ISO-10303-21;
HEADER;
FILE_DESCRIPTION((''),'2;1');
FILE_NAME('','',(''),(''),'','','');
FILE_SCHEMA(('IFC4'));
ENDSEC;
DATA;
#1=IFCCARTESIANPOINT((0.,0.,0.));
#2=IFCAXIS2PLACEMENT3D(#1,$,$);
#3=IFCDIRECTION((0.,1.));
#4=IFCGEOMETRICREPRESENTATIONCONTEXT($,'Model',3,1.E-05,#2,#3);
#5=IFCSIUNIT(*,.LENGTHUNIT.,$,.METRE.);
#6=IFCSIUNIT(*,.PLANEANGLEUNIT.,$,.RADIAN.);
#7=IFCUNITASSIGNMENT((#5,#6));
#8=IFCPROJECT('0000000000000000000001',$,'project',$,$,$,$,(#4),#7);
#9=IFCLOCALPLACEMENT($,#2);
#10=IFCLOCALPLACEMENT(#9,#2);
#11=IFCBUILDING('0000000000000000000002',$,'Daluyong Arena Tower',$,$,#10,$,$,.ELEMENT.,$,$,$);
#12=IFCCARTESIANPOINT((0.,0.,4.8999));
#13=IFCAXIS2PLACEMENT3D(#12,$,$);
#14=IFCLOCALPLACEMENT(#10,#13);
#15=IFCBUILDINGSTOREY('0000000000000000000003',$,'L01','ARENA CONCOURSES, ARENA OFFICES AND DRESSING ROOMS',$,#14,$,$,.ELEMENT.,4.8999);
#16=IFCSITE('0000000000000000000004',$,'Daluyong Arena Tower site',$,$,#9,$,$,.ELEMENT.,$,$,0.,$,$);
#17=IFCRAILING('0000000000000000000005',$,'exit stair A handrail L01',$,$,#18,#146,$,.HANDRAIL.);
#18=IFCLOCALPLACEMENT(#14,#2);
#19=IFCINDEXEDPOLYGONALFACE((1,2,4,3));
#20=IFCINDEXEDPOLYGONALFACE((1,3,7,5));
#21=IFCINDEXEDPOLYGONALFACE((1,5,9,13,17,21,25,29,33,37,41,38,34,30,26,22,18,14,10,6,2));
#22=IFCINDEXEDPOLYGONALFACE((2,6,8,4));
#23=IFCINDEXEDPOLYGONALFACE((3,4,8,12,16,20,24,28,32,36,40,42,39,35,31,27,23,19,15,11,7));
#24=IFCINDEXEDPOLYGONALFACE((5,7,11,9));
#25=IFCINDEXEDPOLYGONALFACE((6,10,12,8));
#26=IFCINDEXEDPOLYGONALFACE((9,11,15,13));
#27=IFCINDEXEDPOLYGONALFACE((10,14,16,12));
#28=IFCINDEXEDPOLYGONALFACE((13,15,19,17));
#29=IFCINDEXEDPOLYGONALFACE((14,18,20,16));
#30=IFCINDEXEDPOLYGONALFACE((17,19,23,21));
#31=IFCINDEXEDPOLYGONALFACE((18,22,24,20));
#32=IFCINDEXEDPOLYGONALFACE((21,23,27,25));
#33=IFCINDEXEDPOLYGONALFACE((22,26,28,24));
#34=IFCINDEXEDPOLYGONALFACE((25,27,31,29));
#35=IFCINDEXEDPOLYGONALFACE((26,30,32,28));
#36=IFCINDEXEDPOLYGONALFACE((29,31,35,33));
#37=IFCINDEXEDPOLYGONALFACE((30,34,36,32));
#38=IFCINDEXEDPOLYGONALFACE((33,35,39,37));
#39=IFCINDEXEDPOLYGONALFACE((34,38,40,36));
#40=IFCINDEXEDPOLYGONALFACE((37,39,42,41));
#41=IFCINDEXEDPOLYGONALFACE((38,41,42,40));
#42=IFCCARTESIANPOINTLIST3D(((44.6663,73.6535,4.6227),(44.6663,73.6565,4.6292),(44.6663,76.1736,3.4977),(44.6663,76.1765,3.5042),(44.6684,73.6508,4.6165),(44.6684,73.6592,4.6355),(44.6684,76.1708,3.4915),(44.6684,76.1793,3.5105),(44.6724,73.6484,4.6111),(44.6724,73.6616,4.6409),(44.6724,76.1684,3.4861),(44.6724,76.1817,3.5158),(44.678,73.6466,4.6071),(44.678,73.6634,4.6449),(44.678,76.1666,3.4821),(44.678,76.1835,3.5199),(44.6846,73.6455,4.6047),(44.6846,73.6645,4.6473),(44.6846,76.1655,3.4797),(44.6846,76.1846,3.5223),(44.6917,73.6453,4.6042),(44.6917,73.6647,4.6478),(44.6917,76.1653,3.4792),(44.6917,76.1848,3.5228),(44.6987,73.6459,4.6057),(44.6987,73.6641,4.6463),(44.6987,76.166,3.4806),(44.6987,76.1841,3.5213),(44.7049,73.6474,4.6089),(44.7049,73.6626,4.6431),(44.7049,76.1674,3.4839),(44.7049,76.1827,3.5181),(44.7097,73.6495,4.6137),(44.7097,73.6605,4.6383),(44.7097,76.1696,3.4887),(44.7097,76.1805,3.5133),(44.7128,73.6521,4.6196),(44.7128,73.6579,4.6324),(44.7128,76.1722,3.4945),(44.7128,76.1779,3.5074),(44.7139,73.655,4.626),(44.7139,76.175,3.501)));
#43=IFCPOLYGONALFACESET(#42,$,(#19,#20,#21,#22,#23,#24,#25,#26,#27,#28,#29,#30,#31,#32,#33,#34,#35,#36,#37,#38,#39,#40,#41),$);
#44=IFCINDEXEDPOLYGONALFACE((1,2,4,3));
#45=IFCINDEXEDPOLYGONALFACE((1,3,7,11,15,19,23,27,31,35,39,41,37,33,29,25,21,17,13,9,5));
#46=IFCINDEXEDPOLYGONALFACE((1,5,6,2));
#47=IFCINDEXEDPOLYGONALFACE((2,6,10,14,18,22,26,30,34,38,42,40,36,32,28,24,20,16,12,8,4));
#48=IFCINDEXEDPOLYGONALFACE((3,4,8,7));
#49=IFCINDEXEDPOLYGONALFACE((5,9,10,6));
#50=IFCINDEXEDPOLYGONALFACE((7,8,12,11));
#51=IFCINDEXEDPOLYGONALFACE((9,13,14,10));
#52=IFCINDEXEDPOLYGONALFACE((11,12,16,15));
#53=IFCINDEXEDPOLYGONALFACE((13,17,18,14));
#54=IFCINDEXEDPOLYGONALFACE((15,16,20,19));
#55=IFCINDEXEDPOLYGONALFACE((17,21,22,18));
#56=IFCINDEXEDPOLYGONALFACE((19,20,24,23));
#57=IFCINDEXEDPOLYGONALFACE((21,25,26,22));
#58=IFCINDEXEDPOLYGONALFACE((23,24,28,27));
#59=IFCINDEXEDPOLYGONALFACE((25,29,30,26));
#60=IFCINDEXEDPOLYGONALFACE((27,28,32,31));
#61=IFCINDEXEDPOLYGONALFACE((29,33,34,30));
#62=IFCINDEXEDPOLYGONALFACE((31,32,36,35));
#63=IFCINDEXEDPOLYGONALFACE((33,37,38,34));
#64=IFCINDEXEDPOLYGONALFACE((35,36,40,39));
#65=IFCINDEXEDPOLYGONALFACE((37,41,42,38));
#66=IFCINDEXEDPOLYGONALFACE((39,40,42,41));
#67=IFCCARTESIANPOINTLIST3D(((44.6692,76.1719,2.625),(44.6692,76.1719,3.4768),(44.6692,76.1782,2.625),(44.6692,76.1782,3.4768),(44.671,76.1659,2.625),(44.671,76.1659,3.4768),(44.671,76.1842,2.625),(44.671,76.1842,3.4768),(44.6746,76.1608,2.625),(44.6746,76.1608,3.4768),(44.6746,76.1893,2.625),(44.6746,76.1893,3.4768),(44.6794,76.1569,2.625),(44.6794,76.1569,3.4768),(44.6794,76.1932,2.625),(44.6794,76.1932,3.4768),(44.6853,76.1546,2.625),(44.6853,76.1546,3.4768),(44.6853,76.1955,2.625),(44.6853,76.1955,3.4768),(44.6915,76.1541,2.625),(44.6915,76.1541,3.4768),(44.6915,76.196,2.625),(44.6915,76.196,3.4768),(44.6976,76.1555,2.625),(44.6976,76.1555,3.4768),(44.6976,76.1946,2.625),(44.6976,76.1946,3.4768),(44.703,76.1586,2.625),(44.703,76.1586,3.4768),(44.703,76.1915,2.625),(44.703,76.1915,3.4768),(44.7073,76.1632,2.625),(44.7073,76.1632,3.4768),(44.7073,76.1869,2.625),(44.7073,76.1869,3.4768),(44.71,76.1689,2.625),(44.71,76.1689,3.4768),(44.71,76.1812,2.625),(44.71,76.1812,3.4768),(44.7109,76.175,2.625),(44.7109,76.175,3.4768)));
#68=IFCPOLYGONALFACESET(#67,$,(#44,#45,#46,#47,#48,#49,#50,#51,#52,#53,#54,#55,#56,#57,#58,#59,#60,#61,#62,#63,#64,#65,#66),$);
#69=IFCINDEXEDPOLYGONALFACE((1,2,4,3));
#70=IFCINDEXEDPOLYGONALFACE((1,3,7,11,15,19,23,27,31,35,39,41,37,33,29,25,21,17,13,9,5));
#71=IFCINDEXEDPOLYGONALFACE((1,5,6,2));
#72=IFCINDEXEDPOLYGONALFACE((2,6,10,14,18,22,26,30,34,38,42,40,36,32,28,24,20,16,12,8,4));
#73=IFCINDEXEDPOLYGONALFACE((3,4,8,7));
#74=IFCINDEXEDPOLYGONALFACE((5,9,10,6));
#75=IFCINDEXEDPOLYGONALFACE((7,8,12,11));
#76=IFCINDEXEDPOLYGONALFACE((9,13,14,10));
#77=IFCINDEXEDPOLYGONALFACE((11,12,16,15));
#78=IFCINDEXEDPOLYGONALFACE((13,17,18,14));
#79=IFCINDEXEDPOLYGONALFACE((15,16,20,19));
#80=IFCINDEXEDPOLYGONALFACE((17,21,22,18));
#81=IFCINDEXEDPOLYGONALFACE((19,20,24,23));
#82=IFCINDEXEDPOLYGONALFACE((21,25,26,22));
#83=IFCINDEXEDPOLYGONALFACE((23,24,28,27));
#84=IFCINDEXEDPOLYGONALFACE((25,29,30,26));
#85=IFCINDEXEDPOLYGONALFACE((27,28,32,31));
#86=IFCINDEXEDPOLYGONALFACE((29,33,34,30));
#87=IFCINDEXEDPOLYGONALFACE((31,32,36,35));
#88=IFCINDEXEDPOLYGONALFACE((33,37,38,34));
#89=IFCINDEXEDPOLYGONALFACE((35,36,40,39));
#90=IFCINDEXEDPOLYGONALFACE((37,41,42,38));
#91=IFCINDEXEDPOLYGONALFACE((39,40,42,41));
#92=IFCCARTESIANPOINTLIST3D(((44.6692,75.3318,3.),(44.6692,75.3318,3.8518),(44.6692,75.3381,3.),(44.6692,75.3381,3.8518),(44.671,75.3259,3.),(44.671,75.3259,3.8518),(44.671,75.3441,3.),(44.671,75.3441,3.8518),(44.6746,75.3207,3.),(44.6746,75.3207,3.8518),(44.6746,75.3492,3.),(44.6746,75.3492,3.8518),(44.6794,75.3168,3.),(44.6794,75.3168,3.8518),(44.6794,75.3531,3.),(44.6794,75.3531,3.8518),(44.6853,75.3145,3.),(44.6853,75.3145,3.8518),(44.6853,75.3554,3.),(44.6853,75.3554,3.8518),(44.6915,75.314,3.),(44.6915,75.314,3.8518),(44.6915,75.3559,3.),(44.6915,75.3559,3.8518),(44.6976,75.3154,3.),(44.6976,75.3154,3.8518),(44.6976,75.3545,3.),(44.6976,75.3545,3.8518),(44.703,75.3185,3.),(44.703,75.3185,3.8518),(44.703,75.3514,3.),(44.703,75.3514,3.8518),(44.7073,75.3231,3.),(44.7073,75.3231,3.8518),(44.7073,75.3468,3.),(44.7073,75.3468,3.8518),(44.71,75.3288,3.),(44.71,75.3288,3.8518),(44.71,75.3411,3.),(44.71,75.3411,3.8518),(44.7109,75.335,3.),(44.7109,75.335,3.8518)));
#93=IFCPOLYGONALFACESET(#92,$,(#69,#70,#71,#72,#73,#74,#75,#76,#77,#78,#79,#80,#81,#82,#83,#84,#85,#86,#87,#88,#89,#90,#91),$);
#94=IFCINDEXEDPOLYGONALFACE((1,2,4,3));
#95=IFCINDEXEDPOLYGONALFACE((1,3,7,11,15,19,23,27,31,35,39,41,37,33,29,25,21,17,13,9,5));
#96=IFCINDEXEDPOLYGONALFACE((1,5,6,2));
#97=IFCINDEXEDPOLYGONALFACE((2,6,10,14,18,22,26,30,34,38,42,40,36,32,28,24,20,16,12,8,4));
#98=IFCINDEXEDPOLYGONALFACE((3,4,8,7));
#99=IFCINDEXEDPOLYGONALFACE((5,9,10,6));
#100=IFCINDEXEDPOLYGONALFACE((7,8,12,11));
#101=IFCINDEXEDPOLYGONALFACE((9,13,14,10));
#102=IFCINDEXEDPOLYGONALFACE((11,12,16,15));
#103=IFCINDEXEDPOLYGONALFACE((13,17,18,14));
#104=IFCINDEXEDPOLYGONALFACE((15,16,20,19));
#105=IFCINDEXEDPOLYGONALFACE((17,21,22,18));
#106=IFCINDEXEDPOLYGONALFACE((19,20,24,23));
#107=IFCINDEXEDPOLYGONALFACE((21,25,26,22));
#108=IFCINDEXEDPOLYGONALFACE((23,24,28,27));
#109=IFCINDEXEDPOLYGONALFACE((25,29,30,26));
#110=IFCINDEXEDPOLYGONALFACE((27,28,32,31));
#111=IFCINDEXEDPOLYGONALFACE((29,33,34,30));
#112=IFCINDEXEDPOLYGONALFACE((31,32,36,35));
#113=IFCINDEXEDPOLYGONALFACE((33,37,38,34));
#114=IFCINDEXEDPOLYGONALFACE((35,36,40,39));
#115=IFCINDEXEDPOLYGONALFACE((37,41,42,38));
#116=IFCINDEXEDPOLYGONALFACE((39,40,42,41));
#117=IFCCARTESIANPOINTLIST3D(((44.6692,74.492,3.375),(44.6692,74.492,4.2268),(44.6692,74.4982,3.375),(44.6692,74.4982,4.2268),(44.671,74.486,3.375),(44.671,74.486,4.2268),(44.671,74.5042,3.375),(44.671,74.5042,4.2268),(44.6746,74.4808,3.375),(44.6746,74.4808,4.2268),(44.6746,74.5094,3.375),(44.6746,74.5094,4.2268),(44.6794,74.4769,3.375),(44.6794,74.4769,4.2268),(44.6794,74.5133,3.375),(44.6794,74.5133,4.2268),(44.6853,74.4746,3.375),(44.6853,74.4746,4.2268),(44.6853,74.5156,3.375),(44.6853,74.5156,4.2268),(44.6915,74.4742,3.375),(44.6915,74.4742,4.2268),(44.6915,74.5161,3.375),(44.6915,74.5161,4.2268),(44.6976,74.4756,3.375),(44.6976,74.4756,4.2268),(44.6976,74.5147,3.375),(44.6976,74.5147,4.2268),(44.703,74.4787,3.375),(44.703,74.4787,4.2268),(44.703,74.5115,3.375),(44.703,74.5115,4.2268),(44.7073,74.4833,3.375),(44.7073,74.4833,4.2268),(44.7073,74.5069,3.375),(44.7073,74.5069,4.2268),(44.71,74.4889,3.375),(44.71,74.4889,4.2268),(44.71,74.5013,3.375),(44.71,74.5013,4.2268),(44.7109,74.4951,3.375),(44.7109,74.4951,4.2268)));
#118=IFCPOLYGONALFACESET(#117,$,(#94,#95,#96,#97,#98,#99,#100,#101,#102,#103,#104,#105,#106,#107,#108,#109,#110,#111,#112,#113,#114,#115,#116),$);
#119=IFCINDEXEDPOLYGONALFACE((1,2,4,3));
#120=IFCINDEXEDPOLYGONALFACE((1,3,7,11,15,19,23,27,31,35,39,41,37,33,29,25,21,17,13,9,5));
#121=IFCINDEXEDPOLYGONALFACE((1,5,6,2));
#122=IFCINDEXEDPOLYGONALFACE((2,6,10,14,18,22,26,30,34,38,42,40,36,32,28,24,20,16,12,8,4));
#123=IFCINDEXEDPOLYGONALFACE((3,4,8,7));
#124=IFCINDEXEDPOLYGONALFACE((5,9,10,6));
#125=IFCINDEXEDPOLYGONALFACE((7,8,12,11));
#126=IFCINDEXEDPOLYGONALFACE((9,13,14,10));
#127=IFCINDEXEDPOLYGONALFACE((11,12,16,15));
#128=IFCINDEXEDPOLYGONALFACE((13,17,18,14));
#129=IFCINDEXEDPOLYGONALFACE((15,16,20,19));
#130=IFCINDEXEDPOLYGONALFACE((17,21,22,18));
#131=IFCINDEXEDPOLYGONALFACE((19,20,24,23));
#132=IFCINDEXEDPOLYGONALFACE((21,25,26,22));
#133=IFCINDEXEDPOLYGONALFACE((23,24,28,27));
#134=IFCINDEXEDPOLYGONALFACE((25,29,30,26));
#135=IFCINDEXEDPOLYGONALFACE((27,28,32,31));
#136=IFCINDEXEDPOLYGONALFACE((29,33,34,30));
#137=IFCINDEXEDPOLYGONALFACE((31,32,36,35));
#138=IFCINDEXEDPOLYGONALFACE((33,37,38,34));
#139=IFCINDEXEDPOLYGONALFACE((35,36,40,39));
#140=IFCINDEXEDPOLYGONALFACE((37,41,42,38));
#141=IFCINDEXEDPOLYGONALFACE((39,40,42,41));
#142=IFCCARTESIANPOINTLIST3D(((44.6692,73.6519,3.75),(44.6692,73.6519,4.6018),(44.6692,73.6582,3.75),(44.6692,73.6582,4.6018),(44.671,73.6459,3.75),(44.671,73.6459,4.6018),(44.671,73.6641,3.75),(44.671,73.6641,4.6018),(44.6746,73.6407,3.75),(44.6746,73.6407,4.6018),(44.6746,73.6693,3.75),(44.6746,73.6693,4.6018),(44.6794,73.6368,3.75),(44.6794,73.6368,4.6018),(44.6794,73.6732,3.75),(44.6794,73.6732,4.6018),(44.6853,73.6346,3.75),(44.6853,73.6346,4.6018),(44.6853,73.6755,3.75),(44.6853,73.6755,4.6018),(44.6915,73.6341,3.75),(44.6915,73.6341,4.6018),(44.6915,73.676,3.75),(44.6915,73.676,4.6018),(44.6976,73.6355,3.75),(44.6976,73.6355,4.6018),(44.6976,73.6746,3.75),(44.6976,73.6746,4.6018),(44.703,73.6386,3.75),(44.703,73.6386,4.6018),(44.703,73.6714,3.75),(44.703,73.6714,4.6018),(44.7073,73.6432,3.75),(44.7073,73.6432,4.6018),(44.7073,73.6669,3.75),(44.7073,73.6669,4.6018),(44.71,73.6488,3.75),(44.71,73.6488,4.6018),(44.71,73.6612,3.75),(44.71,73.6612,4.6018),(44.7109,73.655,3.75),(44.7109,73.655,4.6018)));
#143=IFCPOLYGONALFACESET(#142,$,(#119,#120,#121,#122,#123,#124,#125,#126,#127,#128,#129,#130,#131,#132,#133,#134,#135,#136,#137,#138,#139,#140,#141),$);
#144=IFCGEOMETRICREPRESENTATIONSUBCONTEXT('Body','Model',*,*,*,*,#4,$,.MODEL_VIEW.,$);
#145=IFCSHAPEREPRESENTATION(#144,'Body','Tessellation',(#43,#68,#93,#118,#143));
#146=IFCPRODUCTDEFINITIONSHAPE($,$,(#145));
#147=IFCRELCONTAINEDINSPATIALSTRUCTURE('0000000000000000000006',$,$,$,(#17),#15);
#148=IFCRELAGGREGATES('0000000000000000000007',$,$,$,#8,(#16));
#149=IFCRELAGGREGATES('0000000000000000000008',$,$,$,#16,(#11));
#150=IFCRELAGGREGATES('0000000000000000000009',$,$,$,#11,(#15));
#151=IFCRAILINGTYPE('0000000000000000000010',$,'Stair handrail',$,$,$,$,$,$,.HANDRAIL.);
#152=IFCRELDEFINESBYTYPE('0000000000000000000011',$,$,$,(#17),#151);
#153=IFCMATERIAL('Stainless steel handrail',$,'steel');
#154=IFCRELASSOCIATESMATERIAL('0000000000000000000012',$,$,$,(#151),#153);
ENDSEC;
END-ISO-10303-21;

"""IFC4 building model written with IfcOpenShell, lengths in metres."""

from ifc_helpers import new_model, si_unit, direction, frame, origin, origin_2d, place, context, subcontext, project, spatial, circle, extrude, material, type_object, element, save


model = new_model("IFC4")

# Units and contexts
model_context = context("Model", 3, precision=1e-05, world=origin(), true_north=direction((0.0, 1.0)))
body_context = subcontext(model_context, "Body", "Model", "MODEL_VIEW")
ifc_project = project(units=[si_unit("LENGTHUNIT", "METRE"), si_unit("PLANEANGLEUNIT", "RADIAN")], contexts=[model_context])

# Site, building, storey
site_placement = place(None, origin())
site = spatial("IfcSite", under=ifc_project, at=site_placement, Name="Daluyong Arena Tower site", CompositionType="ELEMENT", RefElevation=0.0)
building_placement = place(site_placement, origin())
building = spatial("IfcBuilding", under=site, at=building_placement, Name="Daluyong Arena Tower", CompositionType="ELEMENT")
storey_placement = place(building_placement, frame((0.0, 0.0, 4.8999)))
storey = spatial("IfcBuildingStorey", under=building, at=storey_placement, Name="L01", Description="ARENA CONCOURSES, ARENA OFFICES AND DRESSING ROOMS", CompositionType="ELEMENT", Elevation=4.8999)

# Railing
ifc_material_1 = material(Name="Stainless steel handrail", Category="steel")
railing_type_1 = type_object("IfcRailingType", Name="Stair handrail", PredefinedType="HANDRAIL", material=ifc_material_1)
for number, where, name in (
    (1, (44.6899, 76.175, 2.625), "exit stair A handrail L01"),
):
    element("IfcRailing", number, at=place(storey_placement, frame(where)), inside=storey, type_object=railing_type_1, Name=name, PredefinedType="HANDRAIL", context=body_context, shape_type="SweptSolid", body=[
        extrude(circle(Radius=0.0239, at=origin_2d()), frame((0.0, 0.0, 0.876), z_axis=(0.0, -0.913139, 0.407648), x_axis=(1.0, 0.0, 0.0)), (0.0, 0.0, 1.0), 2.7598),
        extrude(circle(Radius=0.021, at=origin_2d()), origin(), (0.0, 0.0, 1.0), 0.8518),
        extrude(circle(Radius=0.021, at=origin_2d()), frame((0.0, -0.8401, 0.375)), (0.0, 0.0, 1.0), 0.8518),
        extrude(circle(Radius=0.021, at=origin_2d()), frame((0.0, -1.6799, 0.75)), (0.0, 0.0, 1.0), 0.8518),
        extrude(circle(Radius=0.021, at=origin_2d()), frame((0.0, -2.52, 1.125)), (0.0, 0.0, 1.0), 0.8518),
    ])

save(model, "model.ifc")
